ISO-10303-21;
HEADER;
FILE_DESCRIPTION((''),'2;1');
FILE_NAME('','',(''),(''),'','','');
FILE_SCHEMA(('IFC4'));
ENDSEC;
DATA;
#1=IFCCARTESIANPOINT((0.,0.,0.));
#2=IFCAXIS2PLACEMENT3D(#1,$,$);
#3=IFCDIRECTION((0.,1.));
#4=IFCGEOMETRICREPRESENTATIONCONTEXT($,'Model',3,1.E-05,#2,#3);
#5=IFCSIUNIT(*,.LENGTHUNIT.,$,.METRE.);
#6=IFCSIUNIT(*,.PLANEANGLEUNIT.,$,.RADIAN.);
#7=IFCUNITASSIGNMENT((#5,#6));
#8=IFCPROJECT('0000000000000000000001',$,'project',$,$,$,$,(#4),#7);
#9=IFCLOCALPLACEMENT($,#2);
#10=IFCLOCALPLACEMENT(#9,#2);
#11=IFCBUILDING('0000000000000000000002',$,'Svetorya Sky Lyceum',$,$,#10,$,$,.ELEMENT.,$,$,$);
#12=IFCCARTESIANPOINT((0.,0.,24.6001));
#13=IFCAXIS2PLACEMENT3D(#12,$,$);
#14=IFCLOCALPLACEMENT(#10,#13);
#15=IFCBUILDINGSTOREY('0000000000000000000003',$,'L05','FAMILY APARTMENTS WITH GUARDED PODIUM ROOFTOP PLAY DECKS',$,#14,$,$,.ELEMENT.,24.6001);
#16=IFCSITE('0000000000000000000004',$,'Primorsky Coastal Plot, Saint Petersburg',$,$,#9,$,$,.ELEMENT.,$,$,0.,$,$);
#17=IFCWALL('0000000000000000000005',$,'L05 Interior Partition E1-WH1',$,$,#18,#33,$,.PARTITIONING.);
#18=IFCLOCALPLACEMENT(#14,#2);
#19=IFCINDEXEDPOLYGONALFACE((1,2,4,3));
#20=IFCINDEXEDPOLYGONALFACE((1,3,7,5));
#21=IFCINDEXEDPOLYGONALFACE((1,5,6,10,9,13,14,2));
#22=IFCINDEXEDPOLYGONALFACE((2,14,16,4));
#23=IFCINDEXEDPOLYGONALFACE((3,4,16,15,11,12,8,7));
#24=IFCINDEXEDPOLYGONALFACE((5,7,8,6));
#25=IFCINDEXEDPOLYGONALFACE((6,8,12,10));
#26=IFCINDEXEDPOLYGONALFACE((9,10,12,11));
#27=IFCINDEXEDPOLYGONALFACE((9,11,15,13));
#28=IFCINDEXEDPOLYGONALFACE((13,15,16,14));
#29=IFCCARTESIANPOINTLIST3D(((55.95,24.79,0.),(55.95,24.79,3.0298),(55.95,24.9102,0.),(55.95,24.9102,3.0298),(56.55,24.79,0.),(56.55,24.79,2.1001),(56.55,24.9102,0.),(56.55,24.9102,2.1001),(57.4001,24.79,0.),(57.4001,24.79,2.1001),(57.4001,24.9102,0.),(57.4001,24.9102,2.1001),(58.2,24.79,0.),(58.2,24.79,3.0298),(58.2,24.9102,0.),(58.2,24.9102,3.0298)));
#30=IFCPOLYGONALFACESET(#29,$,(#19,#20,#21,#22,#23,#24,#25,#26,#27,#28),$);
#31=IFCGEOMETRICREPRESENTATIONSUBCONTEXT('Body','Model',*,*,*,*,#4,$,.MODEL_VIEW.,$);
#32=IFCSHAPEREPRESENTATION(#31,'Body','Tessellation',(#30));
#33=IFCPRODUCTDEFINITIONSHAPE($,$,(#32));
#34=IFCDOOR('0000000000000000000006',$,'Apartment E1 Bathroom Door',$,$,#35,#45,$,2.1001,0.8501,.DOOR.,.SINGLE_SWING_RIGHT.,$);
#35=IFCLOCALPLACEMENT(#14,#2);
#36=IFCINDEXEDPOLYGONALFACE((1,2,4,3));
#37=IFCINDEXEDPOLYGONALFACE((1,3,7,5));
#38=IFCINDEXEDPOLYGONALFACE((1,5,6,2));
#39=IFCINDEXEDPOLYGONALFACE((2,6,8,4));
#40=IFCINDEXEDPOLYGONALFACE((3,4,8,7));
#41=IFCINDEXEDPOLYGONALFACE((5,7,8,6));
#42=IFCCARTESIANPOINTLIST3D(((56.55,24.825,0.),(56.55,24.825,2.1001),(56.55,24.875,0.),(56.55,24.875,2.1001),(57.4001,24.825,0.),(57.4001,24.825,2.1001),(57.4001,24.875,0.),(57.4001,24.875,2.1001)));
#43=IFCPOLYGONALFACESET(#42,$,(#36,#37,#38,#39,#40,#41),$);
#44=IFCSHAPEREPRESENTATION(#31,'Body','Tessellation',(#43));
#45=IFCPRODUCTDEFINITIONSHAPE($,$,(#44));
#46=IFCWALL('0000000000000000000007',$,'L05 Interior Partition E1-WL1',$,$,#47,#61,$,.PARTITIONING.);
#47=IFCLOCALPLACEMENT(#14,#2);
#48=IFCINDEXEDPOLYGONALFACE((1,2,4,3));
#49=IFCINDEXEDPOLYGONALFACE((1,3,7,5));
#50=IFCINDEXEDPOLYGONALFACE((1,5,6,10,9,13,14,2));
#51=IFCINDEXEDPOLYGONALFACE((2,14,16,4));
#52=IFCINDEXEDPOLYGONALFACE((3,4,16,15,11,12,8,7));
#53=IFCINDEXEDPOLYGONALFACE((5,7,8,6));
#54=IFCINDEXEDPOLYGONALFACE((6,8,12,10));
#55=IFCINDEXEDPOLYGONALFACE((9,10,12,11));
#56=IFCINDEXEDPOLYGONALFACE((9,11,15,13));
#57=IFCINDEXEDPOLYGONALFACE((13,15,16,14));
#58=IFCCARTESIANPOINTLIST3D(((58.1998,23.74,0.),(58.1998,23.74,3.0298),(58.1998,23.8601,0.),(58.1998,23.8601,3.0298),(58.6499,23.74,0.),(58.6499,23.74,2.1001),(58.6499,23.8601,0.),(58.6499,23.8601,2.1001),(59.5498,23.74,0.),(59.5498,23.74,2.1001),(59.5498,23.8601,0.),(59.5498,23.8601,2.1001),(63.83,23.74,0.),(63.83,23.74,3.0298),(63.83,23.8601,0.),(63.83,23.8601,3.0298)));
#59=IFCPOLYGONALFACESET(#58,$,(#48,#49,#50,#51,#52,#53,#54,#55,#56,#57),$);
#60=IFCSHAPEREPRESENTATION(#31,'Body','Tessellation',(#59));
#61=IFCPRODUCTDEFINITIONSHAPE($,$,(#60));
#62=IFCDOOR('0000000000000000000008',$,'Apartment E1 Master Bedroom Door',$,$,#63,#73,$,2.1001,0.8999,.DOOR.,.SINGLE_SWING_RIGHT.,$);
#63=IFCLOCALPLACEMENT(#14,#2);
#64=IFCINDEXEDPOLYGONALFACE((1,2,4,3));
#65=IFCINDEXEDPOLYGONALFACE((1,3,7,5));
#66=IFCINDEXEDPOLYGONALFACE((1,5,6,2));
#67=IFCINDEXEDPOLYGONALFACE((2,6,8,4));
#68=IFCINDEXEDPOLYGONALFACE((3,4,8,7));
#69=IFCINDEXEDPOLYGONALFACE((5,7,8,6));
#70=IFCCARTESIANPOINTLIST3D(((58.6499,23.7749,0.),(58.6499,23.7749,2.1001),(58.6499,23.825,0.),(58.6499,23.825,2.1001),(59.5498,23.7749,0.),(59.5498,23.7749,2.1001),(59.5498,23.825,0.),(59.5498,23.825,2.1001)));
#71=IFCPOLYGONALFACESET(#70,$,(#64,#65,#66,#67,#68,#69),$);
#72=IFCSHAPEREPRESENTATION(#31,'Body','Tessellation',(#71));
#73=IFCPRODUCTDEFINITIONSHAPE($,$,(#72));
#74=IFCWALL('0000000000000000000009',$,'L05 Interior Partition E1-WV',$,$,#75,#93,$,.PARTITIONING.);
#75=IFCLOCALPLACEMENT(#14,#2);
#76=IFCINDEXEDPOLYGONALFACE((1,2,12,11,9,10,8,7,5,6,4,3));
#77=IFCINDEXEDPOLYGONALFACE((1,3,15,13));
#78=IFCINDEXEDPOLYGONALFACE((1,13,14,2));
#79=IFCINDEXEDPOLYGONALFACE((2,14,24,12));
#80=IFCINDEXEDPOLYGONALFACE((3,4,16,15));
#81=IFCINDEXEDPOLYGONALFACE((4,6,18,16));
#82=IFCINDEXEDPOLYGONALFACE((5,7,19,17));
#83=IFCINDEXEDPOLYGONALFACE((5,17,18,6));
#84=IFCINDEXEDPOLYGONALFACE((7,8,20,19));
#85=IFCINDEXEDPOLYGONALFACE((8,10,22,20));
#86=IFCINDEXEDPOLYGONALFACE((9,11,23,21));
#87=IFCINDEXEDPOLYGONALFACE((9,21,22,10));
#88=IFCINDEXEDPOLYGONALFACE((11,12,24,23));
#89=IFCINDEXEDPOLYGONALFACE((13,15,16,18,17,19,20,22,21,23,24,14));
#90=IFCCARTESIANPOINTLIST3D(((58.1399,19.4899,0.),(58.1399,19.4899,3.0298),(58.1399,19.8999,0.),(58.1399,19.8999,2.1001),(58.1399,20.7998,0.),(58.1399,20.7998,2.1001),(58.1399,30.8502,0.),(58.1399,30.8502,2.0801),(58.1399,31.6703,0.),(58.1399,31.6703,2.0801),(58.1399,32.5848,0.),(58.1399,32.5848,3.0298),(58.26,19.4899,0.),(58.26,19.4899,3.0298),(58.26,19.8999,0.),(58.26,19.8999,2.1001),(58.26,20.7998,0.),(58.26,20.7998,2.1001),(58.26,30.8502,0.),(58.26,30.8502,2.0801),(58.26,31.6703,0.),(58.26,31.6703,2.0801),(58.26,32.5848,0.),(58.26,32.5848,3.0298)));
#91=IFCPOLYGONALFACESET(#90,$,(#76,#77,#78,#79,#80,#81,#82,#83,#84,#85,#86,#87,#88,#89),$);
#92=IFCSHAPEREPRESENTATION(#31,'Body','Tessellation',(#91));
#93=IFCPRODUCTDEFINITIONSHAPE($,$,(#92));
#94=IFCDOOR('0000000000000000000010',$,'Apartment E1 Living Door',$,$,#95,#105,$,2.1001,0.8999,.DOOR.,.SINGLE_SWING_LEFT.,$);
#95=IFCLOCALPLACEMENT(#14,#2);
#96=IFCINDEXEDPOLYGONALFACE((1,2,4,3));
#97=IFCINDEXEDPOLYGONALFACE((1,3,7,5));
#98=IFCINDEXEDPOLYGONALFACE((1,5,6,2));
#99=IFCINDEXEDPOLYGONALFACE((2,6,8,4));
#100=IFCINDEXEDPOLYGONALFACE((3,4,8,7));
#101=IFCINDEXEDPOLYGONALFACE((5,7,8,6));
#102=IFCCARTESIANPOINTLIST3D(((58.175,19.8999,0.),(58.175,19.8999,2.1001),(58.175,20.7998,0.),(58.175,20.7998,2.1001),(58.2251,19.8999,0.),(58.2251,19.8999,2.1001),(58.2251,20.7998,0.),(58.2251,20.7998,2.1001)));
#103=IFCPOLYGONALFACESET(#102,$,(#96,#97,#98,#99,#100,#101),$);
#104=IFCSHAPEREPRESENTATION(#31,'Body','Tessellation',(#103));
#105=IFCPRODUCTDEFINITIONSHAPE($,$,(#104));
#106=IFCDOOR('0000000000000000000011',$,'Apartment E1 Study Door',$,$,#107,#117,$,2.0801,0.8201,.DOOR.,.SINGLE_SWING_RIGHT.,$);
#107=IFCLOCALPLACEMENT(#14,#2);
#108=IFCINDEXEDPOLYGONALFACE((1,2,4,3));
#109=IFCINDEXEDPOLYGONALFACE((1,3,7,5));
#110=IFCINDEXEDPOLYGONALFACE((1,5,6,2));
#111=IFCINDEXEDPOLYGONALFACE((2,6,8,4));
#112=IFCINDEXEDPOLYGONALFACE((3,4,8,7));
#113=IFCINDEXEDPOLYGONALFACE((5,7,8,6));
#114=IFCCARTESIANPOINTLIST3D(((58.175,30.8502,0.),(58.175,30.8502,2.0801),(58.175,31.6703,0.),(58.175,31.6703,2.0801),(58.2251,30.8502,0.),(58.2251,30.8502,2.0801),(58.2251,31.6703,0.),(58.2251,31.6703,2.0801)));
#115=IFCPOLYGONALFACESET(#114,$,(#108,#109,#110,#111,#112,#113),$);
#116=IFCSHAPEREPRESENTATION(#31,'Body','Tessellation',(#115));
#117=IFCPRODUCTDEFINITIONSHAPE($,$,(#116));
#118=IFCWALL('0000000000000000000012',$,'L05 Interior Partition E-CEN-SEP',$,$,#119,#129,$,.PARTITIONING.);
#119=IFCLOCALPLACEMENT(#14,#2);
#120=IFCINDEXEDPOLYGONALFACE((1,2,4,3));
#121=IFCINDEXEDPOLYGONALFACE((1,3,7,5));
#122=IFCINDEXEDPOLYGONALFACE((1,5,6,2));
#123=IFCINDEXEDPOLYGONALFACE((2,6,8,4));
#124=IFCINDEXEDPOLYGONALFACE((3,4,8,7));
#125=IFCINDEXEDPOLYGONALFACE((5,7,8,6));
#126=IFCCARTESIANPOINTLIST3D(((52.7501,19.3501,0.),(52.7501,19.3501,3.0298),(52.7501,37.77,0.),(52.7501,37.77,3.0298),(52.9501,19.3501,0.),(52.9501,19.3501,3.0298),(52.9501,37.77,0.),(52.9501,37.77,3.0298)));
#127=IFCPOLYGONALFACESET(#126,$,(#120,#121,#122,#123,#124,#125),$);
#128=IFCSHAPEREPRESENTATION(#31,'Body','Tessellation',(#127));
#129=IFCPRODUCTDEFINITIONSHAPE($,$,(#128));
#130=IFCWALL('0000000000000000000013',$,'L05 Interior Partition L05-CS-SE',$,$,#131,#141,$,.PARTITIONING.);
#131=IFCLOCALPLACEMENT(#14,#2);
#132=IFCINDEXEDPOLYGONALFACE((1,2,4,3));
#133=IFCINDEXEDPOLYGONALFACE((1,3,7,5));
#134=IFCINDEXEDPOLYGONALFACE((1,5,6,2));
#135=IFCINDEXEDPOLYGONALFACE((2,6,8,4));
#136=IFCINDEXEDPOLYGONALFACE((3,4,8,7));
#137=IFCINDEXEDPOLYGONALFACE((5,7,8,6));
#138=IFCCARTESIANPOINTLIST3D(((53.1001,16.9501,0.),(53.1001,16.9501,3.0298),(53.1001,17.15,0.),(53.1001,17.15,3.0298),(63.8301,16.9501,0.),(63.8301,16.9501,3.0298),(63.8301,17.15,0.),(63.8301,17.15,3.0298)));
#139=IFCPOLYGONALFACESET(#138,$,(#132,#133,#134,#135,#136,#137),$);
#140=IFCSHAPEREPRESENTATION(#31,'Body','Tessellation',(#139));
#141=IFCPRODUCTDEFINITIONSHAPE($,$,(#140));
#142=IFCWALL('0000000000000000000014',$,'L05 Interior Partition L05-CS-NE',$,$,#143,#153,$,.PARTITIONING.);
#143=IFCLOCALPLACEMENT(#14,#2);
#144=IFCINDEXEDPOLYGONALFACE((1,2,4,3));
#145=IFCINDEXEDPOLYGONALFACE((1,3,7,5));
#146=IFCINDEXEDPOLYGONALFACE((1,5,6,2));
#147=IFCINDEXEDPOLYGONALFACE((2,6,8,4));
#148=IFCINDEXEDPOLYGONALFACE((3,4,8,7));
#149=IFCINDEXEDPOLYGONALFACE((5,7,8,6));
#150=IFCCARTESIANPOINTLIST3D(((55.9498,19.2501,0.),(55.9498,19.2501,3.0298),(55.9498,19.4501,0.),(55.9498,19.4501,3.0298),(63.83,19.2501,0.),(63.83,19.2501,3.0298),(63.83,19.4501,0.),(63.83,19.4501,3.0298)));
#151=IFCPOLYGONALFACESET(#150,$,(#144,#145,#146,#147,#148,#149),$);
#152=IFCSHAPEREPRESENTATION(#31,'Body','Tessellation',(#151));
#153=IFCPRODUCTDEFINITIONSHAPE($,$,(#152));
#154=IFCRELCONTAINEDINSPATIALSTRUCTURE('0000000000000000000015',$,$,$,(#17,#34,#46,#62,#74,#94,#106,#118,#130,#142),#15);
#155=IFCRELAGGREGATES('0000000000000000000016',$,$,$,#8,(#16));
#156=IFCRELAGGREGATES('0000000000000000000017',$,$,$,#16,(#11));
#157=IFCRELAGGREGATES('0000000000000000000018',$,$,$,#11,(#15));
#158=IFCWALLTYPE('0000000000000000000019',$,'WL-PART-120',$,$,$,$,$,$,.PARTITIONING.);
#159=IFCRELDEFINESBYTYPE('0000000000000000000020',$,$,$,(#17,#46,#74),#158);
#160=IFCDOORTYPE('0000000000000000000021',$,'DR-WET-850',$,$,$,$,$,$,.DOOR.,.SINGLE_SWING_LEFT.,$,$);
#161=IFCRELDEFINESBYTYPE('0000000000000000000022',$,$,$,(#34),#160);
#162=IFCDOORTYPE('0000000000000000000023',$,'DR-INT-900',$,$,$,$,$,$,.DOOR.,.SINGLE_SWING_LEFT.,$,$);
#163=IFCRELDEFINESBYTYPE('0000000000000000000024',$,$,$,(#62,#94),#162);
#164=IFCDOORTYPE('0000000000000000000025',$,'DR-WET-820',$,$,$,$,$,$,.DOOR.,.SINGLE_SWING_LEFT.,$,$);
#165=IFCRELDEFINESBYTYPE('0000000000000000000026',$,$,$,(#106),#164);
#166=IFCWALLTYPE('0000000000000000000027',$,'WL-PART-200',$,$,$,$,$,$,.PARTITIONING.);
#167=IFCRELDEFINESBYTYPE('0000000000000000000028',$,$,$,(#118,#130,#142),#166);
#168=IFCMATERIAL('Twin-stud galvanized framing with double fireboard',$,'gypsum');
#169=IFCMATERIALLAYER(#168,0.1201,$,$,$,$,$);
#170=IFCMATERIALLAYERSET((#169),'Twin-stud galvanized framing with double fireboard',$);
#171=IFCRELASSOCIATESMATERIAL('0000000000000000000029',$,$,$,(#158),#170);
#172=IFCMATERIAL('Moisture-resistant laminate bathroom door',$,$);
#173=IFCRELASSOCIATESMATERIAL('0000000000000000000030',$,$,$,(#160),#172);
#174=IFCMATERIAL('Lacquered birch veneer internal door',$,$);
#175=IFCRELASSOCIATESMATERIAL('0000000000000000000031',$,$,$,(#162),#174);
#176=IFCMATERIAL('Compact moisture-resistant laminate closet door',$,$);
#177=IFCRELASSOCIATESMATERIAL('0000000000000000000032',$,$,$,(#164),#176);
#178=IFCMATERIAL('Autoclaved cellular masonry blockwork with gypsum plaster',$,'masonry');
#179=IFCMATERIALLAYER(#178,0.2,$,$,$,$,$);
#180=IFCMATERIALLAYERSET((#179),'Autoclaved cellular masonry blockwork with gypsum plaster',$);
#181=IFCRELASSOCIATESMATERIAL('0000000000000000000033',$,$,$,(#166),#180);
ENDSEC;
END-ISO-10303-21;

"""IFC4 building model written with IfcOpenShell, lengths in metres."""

from ifc_helpers import new_model, si_unit, direction, frame, frame_2d, origin, place, context, subcontext, project, spatial, rectangle, extrude, material, layer, layer_set, type_object, element, fill, save


model = new_model("IFC4")

# Units and contexts
model_context = context("Model", 3, precision=1e-05, world=origin(), true_north=direction((0.0, 1.0)))
body_context = subcontext(model_context, "Body", "Model", "MODEL_VIEW")
ifc_project = project(units=[si_unit("LENGTHUNIT", "METRE"), si_unit("PLANEANGLEUNIT", "RADIAN")], contexts=[model_context])

# Site, building, storey
site_placement = place(None, origin())
site = spatial("IfcSite", under=ifc_project, at=site_placement, Name="Primorsky Coastal Plot, Saint Petersburg", CompositionType="ELEMENT", RefElevation=0.0)
building_placement = place(site_placement, origin())
building = spatial("IfcBuilding", under=site, at=building_placement, Name="Svetorya Sky Lyceum", CompositionType="ELEMENT")
storey_placement = place(building_placement, frame((0.0, 0.0, 24.6001)))
storey = spatial("IfcBuildingStorey", under=building, at=storey_placement, Name="L05", Description="FAMILY APARTMENTS WITH GUARDED PODIUM ROOFTOP PLAY DECKS", CompositionType="ELEMENT", Elevation=24.6001)

# Walls, openings, doors
ifc_material_1 = material(Name="Twin-stud galvanized framing with double fireboard", Category="gypsum")
ifc_layer_1 = layer(ifc_material_1, 0.1201)
ifc_layer_set_1 = layer_set([ifc_layer_1], Name="Twin-stud galvanized framing with double fireboard")
wall_type_1 = type_object("IfcWallType", Name="WL-PART-120", PredefinedType="PARTITIONING", material=ifc_layer_set_1)
wall_1_placement = place(storey_placement, frame((55.95, 24.8501, 0.0), z_axis=(0.0, 0.0, 1.0), x_axis=(1.0, 0.0, 0.0)))
wall_1 = element("IfcWall", 1, at=wall_1_placement, inside=storey, type_object=wall_type_1, Name="L05 Interior Partition E1-WH1", PredefinedType="PARTITIONING", context=body_context, shape_type="SweptSolid", body=[
    extrude(rectangle(XDim=2.25, YDim=0.1201, at=frame_2d((1.125, 0.0))), origin(), (0.0, 0.0, 1.0), 3.0298),
])
opening_1_placement = place(wall_1_placement, frame((0.6001, 0.0, 0.0)))
opening_1 = element("IfcOpeningElement", 2, at=opening_1_placement, cuts=wall_1, PredefinedType="OPENING", context=body_context, shape_type="SweptSolid", body=[
    extrude(rectangle(XDim=0.8501, YDim=2.1001, at=frame_2d((0.425, 1.05))), frame((0.0, 0.0701, 0.0), z_axis=(0.0, -1.0, 0.0), x_axis=(1.0, 0.0, 0.0)), (0.0, 0.0, 1.0), 0.1401),
])
ifc_material_2 = material(Name="Moisture-resistant laminate bathroom door")
door_type_1 = type_object("IfcDoorType", Name="DR-WET-850", OperationType="SINGLE_SWING_LEFT", PredefinedType="DOOR", material=ifc_material_2)
door_1_placement = place(opening_1_placement, origin())
door_1 = element("IfcDoor", 3, at=door_1_placement, inside=storey, type_object=door_type_1, Name="Apartment E1 Bathroom Door", OperationType="SINGLE_SWING_RIGHT", OverallHeight=2.1001, OverallWidth=0.8501, PredefinedType="DOOR", context=body_context, shape_type="SweptSolid", body=[
    extrude(rectangle(XDim=0.8501, YDim=2.1001, at=frame_2d((0.425, 1.05))), frame((0.0, 0.0249, 0.0), z_axis=(0.0, -1.0, 0.0), x_axis=(1.0, 0.0, 0.0)), (0.0, 0.0, 1.0), 0.05),
])
fill(opening_1, door_1)
wall_2_placement = place(storey_placement, frame((58.2, 23.8, 0.0), z_axis=(0.0, 0.0, 1.0), x_axis=(1.0, 0.0, 0.0)))
wall_2 = element("IfcWall", 4, at=wall_2_placement, inside=storey, type_object=wall_type_1, Name="L05 Interior Partition E1-WL1", PredefinedType="PARTITIONING", context=body_context, shape_type="SweptSolid", body=[
    extrude(rectangle(XDim=5.6301, YDim=0.1201, at=frame_2d((2.8149, 0.0))), origin(), (0.0, 0.0, 1.0), 3.0298),
])
opening_2_placement = place(wall_2_placement, frame((0.45, 0.0, 0.0)))
opening_2 = element("IfcOpeningElement", 5, at=opening_2_placement, cuts=wall_2, PredefinedType="OPENING", context=body_context, shape_type="SweptSolid", body=[
    extrude(rectangle(XDim=0.8999, YDim=2.1001, at=frame_2d((0.45, 1.05))), frame((0.0, 0.0701, 0.0), z_axis=(0.0, -1.0, 0.0), x_axis=(1.0, 0.0, 0.0)), (0.0, 0.0, 1.0), 0.1401),
])
ifc_material_3 = material(Name="Lacquered birch veneer internal door")
door_type_2 = type_object("IfcDoorType", Name="DR-INT-900", OperationType="SINGLE_SWING_LEFT", PredefinedType="DOOR", material=ifc_material_3)
door_2_placement = place(opening_2_placement, origin())
door_2 = element("IfcDoor", 6, at=door_2_placement, inside=storey, type_object=door_type_2, Name="Apartment E1 Master Bedroom Door", OperationType="SINGLE_SWING_RIGHT", OverallHeight=2.1001, OverallWidth=0.8999, PredefinedType="DOOR", context=body_context, shape_type="SweptSolid", body=[
    extrude(rectangle(XDim=0.8999, YDim=2.1001, at=frame_2d((0.45, 1.05))), frame((0.0, 0.0249, 0.0), z_axis=(0.0, -1.0, 0.0), x_axis=(1.0, 0.0, 0.0)), (0.0, 0.0, 1.0), 0.05),
])
fill(opening_2, door_2)

# Wall, openings, doors
wall_3_placement = place(storey_placement, frame((58.2, 19.49, 0.0), z_axis=(0.0, 0.0, 1.0), x_axis=(0.0, 1.0, 0.0)))
wall_3 = element("IfcWall", 7, at=wall_3_placement, inside=storey, type_object=wall_type_1, Name="L05 Interior Partition E1-WV", PredefinedType="PARTITIONING", context=body_context, shape_type="SweptSolid", body=[
    extrude(rectangle(XDim=13.095, YDim=0.1201, at=frame_2d((6.5474, 0.0))), origin(), (0.0, 0.0, 1.0), 3.0298),
])
opening_3_placement = place(wall_3_placement, frame((0.4099, 0.0, 0.0)))
opening_3 = element("IfcOpeningElement", 8, at=opening_3_placement, cuts=wall_3, PredefinedType="OPENING", context=body_context, shape_type="SweptSolid", body=[
    extrude(rectangle(XDim=0.8999, YDim=2.1001, at=frame_2d((0.45, 1.05))), frame((0.0, 0.0701, 0.0), z_axis=(0.0, -1.0, 0.0), x_axis=(1.0, 0.0, 0.0)), (0.0, 0.0, 1.0), 0.1401),
])
opening_4_placement = place(wall_3_placement, frame((11.3601, 0.0, 0.0)))
opening_4 = element("IfcOpeningElement", 9, at=opening_4_placement, cuts=wall_3, PredefinedType="OPENING", context=body_context, shape_type="SweptSolid", body=[
    extrude(rectangle(XDim=0.8201, YDim=2.0801, at=frame_2d((0.4102, 1.04))), frame((0.0, 0.0701, 0.0), z_axis=(0.0, -1.0, 0.0), x_axis=(1.0, 0.0, 0.0)), (0.0, 0.0, 1.0), 0.1401),
])
door_3_placement = place(opening_3_placement, origin())
door_3 = element("IfcDoor", 10, at=door_3_placement, inside=storey, type_object=door_type_2, Name="Apartment E1 Living Door", OperationType="SINGLE_SWING_LEFT", OverallHeight=2.1001, OverallWidth=0.8999, PredefinedType="DOOR", context=body_context, shape_type="SweptSolid", body=[
    extrude(rectangle(XDim=0.8999, YDim=2.1001, at=frame_2d((0.45, 1.05))), frame((0.0, 0.0249, 0.0), z_axis=(0.0, -1.0, 0.0), x_axis=(1.0, 0.0, 0.0)), (0.0, 0.0, 1.0), 0.05),
])
fill(opening_3, door_3)
ifc_material_4 = material(Name="Compact moisture-resistant laminate closet door")
door_type_3 = type_object("IfcDoorType", Name="DR-WET-820", OperationType="SINGLE_SWING_LEFT", PredefinedType="DOOR", material=ifc_material_4)
door_4_placement = place(opening_4_placement, origin())
door_4 = element("IfcDoor", 11, at=door_4_placement, inside=storey, type_object=door_type_3, Name="Apartment E1 Study Door", OperationType="SINGLE_SWING_RIGHT", OverallHeight=2.0801, OverallWidth=0.8201, PredefinedType="DOOR", context=body_context, shape_type="SweptSolid", body=[
    extrude(rectangle(XDim=0.8201, YDim=2.0801, at=frame_2d((0.4102, 1.04))), frame((0.0, 0.0249, 0.0), z_axis=(0.0, -1.0, 0.0), x_axis=(1.0, 0.0, 0.0)), (0.0, 0.0, 1.0), 0.05),
])
fill(opening_4, door_4)

# Walls
ifc_material_5 = material(Name="Autoclaved cellular masonry blockwork with gypsum plaster", Category="masonry")
ifc_layer_2 = layer(ifc_material_5, 0.2)
ifc_layer_set_2 = layer_set([ifc_layer_2], Name="Autoclaved cellular masonry blockwork with gypsum plaster")
wall_type_2 = type_object("IfcWallType", Name="WL-PART-200", PredefinedType="PARTITIONING", material=ifc_layer_set_2)
wall_4_placement = place(storey_placement, frame((52.8501, 19.3501, 0.0), z_axis=(0.0, 0.0, 1.0), x_axis=(0.0, 1.0, 0.0)))
element("IfcWall", 12, at=wall_4_placement, inside=storey, type_object=wall_type_2, Name="L05 Interior Partition E-CEN-SEP", PredefinedType="PARTITIONING", context=body_context, shape_type="SweptSolid", body=[
    extrude(rectangle(XDim=18.4199, YDim=0.2, at=frame_2d((9.21, 0.0))), origin(), (0.0, 0.0, 1.0), 3.0298),
])
wall_5_placement = place(storey_placement, frame((53.1001, 17.05, 0.0), z_axis=(0.0, 0.0, 1.0), x_axis=(1.0, 0.0, 0.0)))
element("IfcWall", 13, at=wall_5_placement, inside=storey, type_object=wall_type_2, Name="L05 Interior Partition L05-CS-SE", PredefinedType="PARTITIONING", context=body_context, shape_type="SweptSolid", body=[
    extrude(rectangle(XDim=10.73, YDim=0.2, at=frame_2d((5.365, 0.0))), origin(), (0.0, 0.0, 1.0), 3.0298),
])
wall_6_placement = place(storey_placement, frame((55.95, 19.3501, 0.0), z_axis=(0.0, 0.0, 1.0), x_axis=(1.0, 0.0, 0.0)))
element("IfcWall", 14, at=wall_6_placement, inside=storey, type_object=wall_type_2, Name="L05 Interior Partition L05-CS-NE", PredefinedType="PARTITIONING", context=body_context, shape_type="SweptSolid", body=[
    extrude(rectangle(XDim=7.8801, YDim=0.2, at=frame_2d((3.9399, 0.0))), origin(), (0.0, 0.0, 1.0), 3.0298),
])

save(model, "model.ifc")
